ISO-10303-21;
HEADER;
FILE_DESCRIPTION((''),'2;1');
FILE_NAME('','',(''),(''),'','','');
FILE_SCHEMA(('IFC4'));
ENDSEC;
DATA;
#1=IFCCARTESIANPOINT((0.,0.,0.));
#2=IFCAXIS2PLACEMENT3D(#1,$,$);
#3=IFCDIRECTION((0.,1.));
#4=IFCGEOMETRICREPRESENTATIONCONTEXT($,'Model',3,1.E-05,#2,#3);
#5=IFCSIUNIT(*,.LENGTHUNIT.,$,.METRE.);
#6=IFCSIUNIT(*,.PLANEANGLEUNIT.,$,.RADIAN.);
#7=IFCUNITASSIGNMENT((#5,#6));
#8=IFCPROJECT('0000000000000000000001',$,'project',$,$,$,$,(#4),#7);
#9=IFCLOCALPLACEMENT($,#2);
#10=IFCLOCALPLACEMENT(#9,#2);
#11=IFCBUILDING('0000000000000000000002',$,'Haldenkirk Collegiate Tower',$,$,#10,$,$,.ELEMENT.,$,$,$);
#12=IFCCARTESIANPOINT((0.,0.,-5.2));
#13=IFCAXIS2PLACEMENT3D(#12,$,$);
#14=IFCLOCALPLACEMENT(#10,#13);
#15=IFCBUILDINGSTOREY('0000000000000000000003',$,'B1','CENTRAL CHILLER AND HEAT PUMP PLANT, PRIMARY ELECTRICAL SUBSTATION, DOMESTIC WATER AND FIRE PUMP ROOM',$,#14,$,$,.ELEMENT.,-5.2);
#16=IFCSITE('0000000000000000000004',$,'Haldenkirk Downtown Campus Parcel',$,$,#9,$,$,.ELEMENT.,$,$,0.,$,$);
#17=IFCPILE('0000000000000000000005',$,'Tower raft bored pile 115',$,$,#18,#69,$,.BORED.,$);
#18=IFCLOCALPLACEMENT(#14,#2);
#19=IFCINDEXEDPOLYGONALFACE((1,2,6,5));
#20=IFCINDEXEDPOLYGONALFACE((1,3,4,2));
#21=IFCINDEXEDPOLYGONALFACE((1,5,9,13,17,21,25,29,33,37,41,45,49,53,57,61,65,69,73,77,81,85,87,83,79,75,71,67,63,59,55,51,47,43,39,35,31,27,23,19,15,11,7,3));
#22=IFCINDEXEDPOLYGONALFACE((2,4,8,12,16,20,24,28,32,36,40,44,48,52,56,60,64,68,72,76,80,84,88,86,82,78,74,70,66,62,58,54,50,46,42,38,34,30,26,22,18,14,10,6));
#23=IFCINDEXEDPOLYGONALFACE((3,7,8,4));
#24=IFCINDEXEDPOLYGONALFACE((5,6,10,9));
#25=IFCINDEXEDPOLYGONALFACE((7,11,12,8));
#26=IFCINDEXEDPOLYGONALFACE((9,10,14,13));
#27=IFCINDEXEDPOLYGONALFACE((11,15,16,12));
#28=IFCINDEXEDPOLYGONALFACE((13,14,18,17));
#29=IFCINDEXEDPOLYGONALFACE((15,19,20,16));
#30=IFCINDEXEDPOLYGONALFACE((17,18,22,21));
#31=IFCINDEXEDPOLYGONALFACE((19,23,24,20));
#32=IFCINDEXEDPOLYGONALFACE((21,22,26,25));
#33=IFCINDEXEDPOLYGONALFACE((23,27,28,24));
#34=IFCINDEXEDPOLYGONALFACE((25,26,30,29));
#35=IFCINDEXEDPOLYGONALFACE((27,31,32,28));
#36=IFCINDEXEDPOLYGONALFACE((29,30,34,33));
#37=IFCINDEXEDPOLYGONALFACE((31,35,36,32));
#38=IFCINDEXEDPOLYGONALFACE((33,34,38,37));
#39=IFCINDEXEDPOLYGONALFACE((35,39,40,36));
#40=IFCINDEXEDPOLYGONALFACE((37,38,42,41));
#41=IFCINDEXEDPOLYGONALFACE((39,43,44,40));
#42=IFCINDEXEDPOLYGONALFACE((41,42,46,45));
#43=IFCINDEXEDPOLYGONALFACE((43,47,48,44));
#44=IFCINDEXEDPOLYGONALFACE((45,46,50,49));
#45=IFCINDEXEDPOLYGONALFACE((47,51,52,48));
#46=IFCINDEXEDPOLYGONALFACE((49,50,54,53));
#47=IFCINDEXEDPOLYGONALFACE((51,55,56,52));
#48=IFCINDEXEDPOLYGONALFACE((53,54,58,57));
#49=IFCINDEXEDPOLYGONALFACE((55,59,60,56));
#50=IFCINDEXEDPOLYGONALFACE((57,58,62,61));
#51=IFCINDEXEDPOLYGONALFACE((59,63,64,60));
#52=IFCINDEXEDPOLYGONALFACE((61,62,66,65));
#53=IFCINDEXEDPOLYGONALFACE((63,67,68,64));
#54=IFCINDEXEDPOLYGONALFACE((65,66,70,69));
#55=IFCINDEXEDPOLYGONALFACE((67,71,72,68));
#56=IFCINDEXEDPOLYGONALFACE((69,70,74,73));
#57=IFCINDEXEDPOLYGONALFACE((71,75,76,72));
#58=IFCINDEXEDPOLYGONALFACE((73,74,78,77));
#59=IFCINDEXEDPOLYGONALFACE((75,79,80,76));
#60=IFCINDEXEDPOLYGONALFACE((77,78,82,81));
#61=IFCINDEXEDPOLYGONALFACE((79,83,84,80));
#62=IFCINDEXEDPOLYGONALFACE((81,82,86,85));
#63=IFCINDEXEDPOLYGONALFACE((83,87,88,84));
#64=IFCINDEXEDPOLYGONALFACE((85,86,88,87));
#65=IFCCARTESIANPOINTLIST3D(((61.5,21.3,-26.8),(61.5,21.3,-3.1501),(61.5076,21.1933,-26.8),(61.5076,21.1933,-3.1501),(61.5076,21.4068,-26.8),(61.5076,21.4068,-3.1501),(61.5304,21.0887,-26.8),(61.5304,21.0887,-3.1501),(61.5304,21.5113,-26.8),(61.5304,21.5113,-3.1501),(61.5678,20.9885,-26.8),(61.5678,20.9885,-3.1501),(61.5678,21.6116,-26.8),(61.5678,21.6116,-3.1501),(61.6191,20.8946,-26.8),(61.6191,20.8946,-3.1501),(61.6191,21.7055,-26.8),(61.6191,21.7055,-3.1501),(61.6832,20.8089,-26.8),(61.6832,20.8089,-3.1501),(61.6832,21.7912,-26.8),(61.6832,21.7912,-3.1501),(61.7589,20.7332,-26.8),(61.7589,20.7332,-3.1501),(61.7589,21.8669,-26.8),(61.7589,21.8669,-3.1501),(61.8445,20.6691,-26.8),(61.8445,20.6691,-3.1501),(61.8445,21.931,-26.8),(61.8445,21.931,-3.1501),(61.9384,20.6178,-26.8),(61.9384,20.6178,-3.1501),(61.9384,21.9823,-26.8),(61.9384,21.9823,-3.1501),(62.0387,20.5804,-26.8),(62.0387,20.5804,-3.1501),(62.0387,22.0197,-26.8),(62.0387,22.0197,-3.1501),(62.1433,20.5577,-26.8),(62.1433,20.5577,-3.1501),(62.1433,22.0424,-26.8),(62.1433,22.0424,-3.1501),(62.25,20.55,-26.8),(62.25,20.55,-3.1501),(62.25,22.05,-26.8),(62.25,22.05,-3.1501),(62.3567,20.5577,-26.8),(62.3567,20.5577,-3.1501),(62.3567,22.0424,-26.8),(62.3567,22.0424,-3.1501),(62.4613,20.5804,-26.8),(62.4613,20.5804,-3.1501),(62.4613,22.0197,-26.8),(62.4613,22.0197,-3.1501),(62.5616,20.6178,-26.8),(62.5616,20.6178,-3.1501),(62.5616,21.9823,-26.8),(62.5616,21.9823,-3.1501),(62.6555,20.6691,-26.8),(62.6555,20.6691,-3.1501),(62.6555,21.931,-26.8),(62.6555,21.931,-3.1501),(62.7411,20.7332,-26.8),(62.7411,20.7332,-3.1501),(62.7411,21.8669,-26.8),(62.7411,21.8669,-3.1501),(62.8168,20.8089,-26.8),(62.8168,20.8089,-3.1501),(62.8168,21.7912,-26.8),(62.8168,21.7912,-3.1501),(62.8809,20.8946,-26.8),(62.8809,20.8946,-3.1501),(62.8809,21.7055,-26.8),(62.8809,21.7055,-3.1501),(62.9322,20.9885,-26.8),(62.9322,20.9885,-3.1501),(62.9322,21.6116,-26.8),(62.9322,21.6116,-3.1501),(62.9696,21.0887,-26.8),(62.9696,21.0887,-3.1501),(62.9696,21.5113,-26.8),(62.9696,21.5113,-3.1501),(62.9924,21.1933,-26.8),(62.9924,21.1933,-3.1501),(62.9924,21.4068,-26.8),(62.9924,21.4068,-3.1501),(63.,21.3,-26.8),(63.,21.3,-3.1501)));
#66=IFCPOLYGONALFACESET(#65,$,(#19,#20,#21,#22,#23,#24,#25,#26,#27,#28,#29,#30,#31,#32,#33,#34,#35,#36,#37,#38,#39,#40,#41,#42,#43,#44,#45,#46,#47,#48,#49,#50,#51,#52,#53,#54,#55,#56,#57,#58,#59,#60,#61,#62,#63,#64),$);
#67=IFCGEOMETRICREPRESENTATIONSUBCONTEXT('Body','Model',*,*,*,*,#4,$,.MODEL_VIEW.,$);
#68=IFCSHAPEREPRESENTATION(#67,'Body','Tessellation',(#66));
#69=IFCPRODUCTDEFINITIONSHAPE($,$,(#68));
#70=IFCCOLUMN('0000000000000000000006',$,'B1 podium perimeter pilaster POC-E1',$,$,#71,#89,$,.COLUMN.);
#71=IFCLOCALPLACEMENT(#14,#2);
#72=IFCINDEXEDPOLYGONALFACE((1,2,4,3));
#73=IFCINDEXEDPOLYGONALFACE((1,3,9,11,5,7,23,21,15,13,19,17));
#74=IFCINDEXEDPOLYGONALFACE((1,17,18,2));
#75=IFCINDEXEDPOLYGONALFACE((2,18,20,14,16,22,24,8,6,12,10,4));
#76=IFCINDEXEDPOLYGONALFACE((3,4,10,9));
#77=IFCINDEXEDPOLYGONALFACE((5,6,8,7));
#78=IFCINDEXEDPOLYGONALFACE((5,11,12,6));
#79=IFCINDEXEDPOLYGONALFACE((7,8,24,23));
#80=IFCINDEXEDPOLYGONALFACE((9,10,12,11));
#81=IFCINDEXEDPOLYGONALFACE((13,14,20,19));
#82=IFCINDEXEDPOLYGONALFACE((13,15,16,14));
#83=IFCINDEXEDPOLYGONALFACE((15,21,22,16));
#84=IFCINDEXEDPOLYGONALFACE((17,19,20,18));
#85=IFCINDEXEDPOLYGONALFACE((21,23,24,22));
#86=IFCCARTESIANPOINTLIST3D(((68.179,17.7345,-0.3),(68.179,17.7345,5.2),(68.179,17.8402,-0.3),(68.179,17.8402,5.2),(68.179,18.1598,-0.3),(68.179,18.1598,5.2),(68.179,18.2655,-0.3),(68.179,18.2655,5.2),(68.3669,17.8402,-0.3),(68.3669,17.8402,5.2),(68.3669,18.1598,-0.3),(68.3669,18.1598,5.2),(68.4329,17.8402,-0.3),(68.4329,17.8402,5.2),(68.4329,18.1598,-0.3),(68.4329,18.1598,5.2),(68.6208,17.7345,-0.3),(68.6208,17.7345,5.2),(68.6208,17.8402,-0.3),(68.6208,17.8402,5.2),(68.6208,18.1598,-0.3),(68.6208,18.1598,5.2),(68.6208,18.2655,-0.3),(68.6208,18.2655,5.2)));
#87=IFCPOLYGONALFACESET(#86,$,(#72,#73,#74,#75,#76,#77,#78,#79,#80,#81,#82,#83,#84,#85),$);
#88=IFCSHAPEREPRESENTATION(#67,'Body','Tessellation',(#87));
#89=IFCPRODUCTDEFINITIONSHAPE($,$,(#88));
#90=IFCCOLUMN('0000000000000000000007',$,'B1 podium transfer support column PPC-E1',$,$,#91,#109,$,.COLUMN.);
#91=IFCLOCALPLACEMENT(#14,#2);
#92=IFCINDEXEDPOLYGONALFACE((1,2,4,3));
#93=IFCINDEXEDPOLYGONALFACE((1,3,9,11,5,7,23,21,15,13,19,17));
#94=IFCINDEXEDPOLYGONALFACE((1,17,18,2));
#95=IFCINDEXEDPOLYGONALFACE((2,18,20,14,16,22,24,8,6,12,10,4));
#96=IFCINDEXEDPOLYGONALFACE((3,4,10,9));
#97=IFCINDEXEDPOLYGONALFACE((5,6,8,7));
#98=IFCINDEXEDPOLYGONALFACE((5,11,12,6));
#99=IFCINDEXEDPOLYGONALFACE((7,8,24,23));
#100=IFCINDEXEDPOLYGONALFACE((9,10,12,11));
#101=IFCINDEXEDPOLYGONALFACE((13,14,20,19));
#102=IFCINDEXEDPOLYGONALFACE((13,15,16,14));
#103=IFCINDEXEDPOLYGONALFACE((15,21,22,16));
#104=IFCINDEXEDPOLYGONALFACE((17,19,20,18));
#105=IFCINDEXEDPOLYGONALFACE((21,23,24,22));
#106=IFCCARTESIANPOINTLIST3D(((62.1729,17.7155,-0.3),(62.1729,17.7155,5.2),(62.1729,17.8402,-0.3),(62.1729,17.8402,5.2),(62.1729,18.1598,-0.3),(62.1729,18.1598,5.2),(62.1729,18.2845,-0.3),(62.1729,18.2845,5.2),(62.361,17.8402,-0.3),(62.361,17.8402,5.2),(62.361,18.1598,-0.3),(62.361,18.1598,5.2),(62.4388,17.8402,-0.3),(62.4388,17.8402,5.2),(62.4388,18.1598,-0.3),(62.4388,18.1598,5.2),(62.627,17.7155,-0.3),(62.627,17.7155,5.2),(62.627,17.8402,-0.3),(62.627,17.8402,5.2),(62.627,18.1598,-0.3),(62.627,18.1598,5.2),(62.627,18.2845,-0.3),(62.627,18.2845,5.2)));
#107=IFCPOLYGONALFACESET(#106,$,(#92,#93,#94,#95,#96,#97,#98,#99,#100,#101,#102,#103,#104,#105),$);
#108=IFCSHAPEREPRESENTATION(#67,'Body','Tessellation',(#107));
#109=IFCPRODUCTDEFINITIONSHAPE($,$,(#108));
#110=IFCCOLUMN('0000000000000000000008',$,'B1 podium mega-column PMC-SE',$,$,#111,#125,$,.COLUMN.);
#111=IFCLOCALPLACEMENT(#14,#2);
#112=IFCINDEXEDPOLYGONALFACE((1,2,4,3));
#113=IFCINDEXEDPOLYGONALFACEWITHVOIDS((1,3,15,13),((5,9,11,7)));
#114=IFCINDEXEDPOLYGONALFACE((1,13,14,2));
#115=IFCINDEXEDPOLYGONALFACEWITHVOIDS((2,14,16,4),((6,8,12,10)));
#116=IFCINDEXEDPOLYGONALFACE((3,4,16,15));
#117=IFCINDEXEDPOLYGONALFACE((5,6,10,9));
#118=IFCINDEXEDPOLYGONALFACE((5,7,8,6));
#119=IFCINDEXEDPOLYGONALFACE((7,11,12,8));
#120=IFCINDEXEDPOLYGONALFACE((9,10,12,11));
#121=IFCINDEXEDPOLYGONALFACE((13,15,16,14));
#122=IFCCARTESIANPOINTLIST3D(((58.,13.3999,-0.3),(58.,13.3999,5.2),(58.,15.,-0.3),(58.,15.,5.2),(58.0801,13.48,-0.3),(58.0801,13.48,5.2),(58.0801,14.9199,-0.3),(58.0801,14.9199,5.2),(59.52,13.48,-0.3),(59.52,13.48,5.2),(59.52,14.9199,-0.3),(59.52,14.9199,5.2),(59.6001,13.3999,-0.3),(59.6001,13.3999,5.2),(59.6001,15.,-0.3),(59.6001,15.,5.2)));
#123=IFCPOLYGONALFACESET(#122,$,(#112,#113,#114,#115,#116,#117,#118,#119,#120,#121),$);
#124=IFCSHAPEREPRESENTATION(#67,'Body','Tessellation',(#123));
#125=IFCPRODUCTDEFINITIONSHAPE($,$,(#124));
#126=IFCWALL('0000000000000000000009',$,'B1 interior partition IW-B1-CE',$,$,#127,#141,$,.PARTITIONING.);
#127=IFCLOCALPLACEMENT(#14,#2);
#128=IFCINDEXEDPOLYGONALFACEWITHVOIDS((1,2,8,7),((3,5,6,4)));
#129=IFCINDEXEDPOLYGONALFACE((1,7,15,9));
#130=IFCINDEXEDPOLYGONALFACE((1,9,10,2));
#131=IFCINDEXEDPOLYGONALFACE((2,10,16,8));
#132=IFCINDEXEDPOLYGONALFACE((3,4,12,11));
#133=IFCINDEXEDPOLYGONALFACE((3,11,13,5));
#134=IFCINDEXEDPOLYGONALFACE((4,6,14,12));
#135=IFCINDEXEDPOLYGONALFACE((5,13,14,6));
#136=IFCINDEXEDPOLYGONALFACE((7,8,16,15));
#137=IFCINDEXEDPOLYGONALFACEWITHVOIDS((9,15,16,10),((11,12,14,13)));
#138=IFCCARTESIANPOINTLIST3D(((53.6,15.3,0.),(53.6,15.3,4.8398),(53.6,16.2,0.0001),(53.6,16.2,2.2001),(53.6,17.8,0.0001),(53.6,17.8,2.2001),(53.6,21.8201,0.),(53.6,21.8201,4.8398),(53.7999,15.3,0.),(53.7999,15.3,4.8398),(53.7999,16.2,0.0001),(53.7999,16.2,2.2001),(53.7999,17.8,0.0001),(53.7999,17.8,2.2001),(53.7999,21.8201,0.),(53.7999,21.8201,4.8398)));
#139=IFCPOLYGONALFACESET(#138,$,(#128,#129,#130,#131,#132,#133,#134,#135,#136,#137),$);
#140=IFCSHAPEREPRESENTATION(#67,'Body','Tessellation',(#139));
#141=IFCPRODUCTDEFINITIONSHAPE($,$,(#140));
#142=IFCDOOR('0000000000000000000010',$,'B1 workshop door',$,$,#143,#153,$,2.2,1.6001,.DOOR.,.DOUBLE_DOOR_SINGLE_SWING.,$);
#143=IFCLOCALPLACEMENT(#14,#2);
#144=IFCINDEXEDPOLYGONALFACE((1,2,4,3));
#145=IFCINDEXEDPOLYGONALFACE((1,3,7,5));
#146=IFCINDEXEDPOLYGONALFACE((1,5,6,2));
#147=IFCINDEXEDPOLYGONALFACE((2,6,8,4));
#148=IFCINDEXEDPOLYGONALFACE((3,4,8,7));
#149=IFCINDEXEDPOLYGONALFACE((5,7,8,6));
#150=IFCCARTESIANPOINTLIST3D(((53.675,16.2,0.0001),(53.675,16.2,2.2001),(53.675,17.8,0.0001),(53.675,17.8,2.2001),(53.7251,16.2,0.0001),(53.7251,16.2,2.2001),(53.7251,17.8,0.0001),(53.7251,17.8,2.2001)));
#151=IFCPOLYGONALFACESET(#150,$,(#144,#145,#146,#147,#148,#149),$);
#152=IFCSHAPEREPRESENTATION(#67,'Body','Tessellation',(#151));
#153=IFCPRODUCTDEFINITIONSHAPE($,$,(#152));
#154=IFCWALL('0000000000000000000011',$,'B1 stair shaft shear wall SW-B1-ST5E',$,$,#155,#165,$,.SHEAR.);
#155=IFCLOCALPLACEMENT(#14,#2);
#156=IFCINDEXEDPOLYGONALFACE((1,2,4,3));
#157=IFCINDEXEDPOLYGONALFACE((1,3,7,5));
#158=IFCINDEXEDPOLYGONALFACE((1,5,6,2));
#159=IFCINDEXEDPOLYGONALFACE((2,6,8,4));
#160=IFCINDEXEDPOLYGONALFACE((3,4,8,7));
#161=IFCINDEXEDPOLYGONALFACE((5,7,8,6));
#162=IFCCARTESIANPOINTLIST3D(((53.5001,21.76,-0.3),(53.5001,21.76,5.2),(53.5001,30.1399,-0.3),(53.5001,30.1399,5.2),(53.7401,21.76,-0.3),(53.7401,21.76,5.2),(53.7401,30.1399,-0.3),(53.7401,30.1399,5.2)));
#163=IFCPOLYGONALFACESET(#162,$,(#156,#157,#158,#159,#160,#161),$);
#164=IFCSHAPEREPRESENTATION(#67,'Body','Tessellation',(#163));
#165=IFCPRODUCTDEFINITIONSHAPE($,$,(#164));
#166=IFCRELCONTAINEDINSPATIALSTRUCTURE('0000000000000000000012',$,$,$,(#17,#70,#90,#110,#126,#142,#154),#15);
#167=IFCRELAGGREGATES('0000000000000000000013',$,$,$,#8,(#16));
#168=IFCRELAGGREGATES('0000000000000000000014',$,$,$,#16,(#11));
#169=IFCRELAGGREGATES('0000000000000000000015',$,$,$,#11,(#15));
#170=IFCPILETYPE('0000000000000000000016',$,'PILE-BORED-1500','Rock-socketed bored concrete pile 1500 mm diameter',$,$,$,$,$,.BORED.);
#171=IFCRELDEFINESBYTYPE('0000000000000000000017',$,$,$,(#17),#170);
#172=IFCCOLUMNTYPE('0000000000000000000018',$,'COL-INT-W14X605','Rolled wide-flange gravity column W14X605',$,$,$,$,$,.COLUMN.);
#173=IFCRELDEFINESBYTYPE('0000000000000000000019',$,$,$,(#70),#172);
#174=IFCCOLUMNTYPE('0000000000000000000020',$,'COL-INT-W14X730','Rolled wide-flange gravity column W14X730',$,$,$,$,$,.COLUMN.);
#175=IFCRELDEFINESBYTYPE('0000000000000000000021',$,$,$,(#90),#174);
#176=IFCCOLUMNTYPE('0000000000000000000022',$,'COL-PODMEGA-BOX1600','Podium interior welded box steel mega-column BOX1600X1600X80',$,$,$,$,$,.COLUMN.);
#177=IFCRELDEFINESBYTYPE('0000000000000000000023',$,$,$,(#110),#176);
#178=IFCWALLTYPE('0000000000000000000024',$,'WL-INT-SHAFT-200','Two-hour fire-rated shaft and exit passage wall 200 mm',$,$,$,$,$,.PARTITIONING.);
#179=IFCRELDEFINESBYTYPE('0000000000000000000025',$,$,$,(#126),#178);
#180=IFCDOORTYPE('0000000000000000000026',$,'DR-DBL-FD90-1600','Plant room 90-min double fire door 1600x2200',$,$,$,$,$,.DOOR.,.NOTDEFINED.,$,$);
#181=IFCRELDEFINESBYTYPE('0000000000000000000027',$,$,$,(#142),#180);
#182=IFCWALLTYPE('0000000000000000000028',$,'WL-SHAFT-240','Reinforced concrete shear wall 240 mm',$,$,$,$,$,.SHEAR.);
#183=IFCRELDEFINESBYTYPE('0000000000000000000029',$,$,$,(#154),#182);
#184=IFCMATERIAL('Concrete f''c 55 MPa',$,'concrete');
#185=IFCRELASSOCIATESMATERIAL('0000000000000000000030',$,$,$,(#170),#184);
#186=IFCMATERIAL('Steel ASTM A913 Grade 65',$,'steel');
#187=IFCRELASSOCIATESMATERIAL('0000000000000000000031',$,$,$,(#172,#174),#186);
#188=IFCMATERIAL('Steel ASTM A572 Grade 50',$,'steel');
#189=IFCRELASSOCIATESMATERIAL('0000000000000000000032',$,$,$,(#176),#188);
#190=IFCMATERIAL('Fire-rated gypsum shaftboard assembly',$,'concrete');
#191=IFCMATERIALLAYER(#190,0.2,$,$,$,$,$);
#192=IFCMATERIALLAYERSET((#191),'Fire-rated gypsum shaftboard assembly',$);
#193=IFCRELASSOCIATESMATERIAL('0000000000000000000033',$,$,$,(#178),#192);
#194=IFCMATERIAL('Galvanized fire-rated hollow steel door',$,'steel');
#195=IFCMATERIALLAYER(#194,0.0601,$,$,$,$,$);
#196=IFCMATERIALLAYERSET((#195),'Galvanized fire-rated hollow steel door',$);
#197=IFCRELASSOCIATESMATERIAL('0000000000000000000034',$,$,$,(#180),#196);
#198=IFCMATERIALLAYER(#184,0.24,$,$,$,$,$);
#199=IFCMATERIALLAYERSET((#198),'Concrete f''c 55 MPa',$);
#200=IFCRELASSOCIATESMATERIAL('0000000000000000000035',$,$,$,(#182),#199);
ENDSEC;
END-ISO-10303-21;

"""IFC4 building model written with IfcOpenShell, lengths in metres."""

from ifc_helpers import new_model, si_unit, direction, frame, frame_2d, origin, origin_2d, place, context, subcontext, project, spatial, rectangle, hollow_rectangle, circle, i_section, extrude, material, layer, layer_set, material_profile, profile_set, type_object, element, fill, save


model = new_model("IFC4")

# Units and contexts
model_context = context("Model", 3, precision=1e-05, world=origin(), true_north=direction((0.0, 1.0)))
body_context = subcontext(model_context, "Body", "Model", "MODEL_VIEW")
ifc_project = project(units=[si_unit("LENGTHUNIT", "METRE"), si_unit("PLANEANGLEUNIT", "RADIAN")], contexts=[model_context])

# Site, building, storey
site_placement = place(None, origin())
site = spatial("IfcSite", under=ifc_project, at=site_placement, Name="Haldenkirk Downtown Campus Parcel", CompositionType="ELEMENT", RefElevation=0.0)
building_placement = place(site_placement, origin())
building = spatial("IfcBuilding", under=site, at=building_placement, Name="Haldenkirk Collegiate Tower", CompositionType="ELEMENT")
storey_placement = place(building_placement, frame((0.0, 0.0, -5.2)))
storey = spatial("IfcBuildingStorey", under=building, at=storey_placement, Name="B1", Description="CENTRAL CHILLER AND HEAT PUMP PLANT, PRIMARY ELECTRICAL SUBSTATION, DOMESTIC WATER AND FIRE PUMP ROOM", CompositionType="ELEMENT", Elevation=-5.2)

# Shared definitions
ifc_material_1 = material(Name="Concrete f'c 55 MPa", Category="concrete")

# Pile
ifc_material_profile_1 = material_profile(ifc_material_1, circle(Radius=0.75, at=origin_2d()), Name="PILE1500")
ifc_profile_set_1 = profile_set([ifc_material_profile_1], Name="Concrete f'c 55 MPa")
pile_type_1 = type_object("IfcPileType", Name="PILE-BORED-1500", Description="Rock-socketed bored concrete pile 1500 mm diameter", PredefinedType="BORED", material=ifc_profile_set_1)
for number, where, z_axis, x_axis, name in (
    (1, (62.25, 21.3, -3.1501), (0.0, 0.0, -1.0), (1.0, 0.0, 0.0), "Tower raft bored pile 115"),
):
    element("IfcPile", number, at=place(storey_placement, frame(where, z_axis=z_axis, x_axis=x_axis)), inside=storey, type_object=pile_type_1, Name=name, PredefinedType="BORED", context=body_context, shape_type="SweptSolid", body=[
        extrude(circle(Radius=0.75, at=origin_2d()), origin(), (0.0, 0.0, 1.0), 23.6499),
    ])

# Columns
ifc_material_2 = material(Name="Steel ASTM A913 Grade 65", Category="steel")
ifc_material_profile_2 = material_profile(ifc_material_2, i_section(OverallWidth=0.4419, OverallDepth=0.531, WebThickness=0.0659, FlangeThickness=0.1057, at=origin_2d()), Name="W14X605")
ifc_profile_set_2 = profile_set([ifc_material_profile_2], Name="Steel ASTM A913 Grade 65")
column_type_1 = type_object("IfcColumnType", Name="COL-INT-W14X605", Description="Rolled wide-flange gravity column W14X605", PredefinedType="COLUMN", material=ifc_profile_set_2)
column_1_placement = place(storey_placement, frame((68.3999, 18.0, -0.3), z_axis=(0.0, 0.0, 1.0), x_axis=(1.0, 0.0, 0.0)))
element("IfcColumn", 2, at=column_1_placement, inside=storey, type_object=column_type_1, Name="B1 podium perimeter pilaster POC-E1", PredefinedType="COLUMN", context=body_context, shape_type="SweptSolid", body=[
    extrude(i_section(OverallWidth=0.4419, OverallDepth=0.531, WebThickness=0.0659, FlangeThickness=0.1057, at=origin_2d()), origin(), (0.0, 0.0, 1.0), 5.5),
])
ifc_material_profile_3 = material_profile(ifc_material_2, i_section(OverallWidth=0.4541, OverallDepth=0.5691, WebThickness=0.0779, FlangeThickness=0.1248, at=origin_2d()), Name="W14X730")
ifc_profile_set_3 = profile_set([ifc_material_profile_3], Name="Steel ASTM A913 Grade 65")
column_type_2 = type_object("IfcColumnType", Name="COL-INT-W14X730", Description="Rolled wide-flange gravity column W14X730", PredefinedType="COLUMN", material=ifc_profile_set_3)
column_2_placement = place(storey_placement, frame((62.3999, 18.0, -0.3), z_axis=(0.0, 0.0, 1.0), x_axis=(1.0, 0.0, 0.0)))
element("IfcColumn", 3, at=column_2_placement, inside=storey, type_object=column_type_2, Name="B1 podium transfer support column PPC-E1", PredefinedType="COLUMN", context=body_context, shape_type="SweptSolid", body=[
    extrude(i_section(OverallWidth=0.4541, OverallDepth=0.5691, WebThickness=0.0779, FlangeThickness=0.1248, at=origin_2d()), origin(), (0.0, 0.0, 1.0), 5.5),
])
ifc_material_3 = material(Name="Steel ASTM A572 Grade 50", Category="steel")
ifc_material_profile_4 = material_profile(ifc_material_3, hollow_rectangle(XDim=1.6001, YDim=1.6001, WallThickness=0.0801, at=origin_2d()), Name="BOX1600X1600X80")
ifc_profile_set_4 = profile_set([ifc_material_profile_4], Name="Steel ASTM A572 Grade 50")
column_type_3 = type_object("IfcColumnType", Name="COL-PODMEGA-BOX1600", Description="Podium interior welded box steel mega-column BOX1600X1600X80", PredefinedType="COLUMN", material=ifc_profile_set_4)
column_3_placement = place(storey_placement, frame((58.8, 14.2, -0.3), z_axis=(0.0, 0.0, 1.0), x_axis=(1.0, 0.0, 0.0)))
element("IfcColumn", 4, at=column_3_placement, inside=storey, type_object=column_type_3, Name="B1 podium mega-column PMC-SE", PredefinedType="COLUMN", context=body_context, shape_type="SweptSolid", body=[
    extrude(hollow_rectangle(XDim=1.6001, YDim=1.6001, WallThickness=0.0801, at=origin_2d()), origin(), (0.0, 0.0, 1.0), 5.5),
])

# Wall, opening, door
ifc_material_4 = material(Name="Fire-rated gypsum shaftboard assembly", Category="concrete")
ifc_layer_1 = layer(ifc_material_4, 0.2)
ifc_layer_set_1 = layer_set([ifc_layer_1], Name="Fire-rated gypsum shaftboard assembly")
wall_type_1 = type_object("IfcWallType", Name="WL-INT-SHAFT-200", Description="Two-hour fire-rated shaft and exit passage wall 200 mm", PredefinedType="PARTITIONING", material=ifc_layer_set_1)
wall_1_placement = place(storey_placement, frame((53.7, 15.3, 0.0), z_axis=(0.0, 0.0, 1.0), x_axis=(0.0, 1.0, 0.0)))
wall_1 = element("IfcWall", 5, at=wall_1_placement, inside=storey, type_object=wall_type_1, Name="B1 interior partition IW-B1-CE", PredefinedType="PARTITIONING", context=body_context, shape_type="SweptSolid", body=[
    extrude(rectangle(XDim=6.52, YDim=0.2, at=frame_2d((3.26, 0.0))), origin(), (0.0, 0.0, 1.0), 4.8398),
])
opening_placement = place(wall_1_placement, frame((0.8999, 0.0, 0.0)))
opening = element("IfcOpeningElement", 6, at=opening_placement, cuts=wall_1, PredefinedType="OPENING", context=body_context, shape_type="SweptSolid", body=[
    extrude(rectangle(XDim=1.6001, YDim=2.2, at=frame_2d((0.8, 1.1001))), frame((0.0, 0.1099, 0.0), z_axis=(0.0, -1.0, 0.0), x_axis=(1.0, 0.0, 0.0)), (0.0, 0.0, 1.0), 0.22),
])
ifc_material_5 = material(Name="Galvanized fire-rated hollow steel door", Category="steel")
ifc_layer_2 = layer(ifc_material_5, 0.0601)
ifc_layer_set_2 = layer_set([ifc_layer_2], Name="Galvanized fire-rated hollow steel door")
door_type = type_object("IfcDoorType", Name="DR-DBL-FD90-1600", Description="Plant room 90-min double fire door 1600x2200", OperationType="NOTDEFINED", PredefinedType="DOOR", material=ifc_layer_set_2)
door_placement = place(opening_placement, origin())
door = element("IfcDoor", 7, at=door_placement, inside=storey, type_object=door_type, Name="B1 workshop door", OperationType="DOUBLE_DOOR_SINGLE_SWING", OverallHeight=2.2, OverallWidth=1.6001, PredefinedType="DOOR", context=body_context, shape_type="SweptSolid", body=[
    extrude(rectangle(XDim=1.6001, YDim=2.2, at=frame_2d((0.8, 1.1001))), frame((0.0, 0.0249, 0.0), z_axis=(0.0, -1.0, 0.0), x_axis=(1.0, 0.0, 0.0)), (0.0, 0.0, 1.0), 0.05),
])
fill(opening, door)

# Wall
ifc_layer_3 = layer(ifc_material_1, 0.24)
ifc_layer_set_3 = layer_set([ifc_layer_3], Name="Concrete f'c 55 MPa")
wall_type_2 = type_object("IfcWallType", Name="WL-SHAFT-240", Description="Reinforced concrete shear wall 240 mm", PredefinedType="SHEAR", material=ifc_layer_set_3)
wall_2_placement = place(storey_placement, frame((53.6201, 21.76, -0.3), z_axis=(0.0, 0.0, 1.0), x_axis=(0.0, 1.0, 0.0)))
element("IfcWall", 8, at=wall_2_placement, inside=storey, type_object=wall_type_2, Name="B1 stair shaft shear wall SW-B1-ST5E", PredefinedType="SHEAR", context=body_context, shape_type="SweptSolid", body=[
    extrude(rectangle(XDim=8.3799, YDim=0.24, at=frame_2d((4.1899, 0.0))), origin(), (0.0, 0.0, 1.0), 5.5),
])

save(model, "model.ifc")
